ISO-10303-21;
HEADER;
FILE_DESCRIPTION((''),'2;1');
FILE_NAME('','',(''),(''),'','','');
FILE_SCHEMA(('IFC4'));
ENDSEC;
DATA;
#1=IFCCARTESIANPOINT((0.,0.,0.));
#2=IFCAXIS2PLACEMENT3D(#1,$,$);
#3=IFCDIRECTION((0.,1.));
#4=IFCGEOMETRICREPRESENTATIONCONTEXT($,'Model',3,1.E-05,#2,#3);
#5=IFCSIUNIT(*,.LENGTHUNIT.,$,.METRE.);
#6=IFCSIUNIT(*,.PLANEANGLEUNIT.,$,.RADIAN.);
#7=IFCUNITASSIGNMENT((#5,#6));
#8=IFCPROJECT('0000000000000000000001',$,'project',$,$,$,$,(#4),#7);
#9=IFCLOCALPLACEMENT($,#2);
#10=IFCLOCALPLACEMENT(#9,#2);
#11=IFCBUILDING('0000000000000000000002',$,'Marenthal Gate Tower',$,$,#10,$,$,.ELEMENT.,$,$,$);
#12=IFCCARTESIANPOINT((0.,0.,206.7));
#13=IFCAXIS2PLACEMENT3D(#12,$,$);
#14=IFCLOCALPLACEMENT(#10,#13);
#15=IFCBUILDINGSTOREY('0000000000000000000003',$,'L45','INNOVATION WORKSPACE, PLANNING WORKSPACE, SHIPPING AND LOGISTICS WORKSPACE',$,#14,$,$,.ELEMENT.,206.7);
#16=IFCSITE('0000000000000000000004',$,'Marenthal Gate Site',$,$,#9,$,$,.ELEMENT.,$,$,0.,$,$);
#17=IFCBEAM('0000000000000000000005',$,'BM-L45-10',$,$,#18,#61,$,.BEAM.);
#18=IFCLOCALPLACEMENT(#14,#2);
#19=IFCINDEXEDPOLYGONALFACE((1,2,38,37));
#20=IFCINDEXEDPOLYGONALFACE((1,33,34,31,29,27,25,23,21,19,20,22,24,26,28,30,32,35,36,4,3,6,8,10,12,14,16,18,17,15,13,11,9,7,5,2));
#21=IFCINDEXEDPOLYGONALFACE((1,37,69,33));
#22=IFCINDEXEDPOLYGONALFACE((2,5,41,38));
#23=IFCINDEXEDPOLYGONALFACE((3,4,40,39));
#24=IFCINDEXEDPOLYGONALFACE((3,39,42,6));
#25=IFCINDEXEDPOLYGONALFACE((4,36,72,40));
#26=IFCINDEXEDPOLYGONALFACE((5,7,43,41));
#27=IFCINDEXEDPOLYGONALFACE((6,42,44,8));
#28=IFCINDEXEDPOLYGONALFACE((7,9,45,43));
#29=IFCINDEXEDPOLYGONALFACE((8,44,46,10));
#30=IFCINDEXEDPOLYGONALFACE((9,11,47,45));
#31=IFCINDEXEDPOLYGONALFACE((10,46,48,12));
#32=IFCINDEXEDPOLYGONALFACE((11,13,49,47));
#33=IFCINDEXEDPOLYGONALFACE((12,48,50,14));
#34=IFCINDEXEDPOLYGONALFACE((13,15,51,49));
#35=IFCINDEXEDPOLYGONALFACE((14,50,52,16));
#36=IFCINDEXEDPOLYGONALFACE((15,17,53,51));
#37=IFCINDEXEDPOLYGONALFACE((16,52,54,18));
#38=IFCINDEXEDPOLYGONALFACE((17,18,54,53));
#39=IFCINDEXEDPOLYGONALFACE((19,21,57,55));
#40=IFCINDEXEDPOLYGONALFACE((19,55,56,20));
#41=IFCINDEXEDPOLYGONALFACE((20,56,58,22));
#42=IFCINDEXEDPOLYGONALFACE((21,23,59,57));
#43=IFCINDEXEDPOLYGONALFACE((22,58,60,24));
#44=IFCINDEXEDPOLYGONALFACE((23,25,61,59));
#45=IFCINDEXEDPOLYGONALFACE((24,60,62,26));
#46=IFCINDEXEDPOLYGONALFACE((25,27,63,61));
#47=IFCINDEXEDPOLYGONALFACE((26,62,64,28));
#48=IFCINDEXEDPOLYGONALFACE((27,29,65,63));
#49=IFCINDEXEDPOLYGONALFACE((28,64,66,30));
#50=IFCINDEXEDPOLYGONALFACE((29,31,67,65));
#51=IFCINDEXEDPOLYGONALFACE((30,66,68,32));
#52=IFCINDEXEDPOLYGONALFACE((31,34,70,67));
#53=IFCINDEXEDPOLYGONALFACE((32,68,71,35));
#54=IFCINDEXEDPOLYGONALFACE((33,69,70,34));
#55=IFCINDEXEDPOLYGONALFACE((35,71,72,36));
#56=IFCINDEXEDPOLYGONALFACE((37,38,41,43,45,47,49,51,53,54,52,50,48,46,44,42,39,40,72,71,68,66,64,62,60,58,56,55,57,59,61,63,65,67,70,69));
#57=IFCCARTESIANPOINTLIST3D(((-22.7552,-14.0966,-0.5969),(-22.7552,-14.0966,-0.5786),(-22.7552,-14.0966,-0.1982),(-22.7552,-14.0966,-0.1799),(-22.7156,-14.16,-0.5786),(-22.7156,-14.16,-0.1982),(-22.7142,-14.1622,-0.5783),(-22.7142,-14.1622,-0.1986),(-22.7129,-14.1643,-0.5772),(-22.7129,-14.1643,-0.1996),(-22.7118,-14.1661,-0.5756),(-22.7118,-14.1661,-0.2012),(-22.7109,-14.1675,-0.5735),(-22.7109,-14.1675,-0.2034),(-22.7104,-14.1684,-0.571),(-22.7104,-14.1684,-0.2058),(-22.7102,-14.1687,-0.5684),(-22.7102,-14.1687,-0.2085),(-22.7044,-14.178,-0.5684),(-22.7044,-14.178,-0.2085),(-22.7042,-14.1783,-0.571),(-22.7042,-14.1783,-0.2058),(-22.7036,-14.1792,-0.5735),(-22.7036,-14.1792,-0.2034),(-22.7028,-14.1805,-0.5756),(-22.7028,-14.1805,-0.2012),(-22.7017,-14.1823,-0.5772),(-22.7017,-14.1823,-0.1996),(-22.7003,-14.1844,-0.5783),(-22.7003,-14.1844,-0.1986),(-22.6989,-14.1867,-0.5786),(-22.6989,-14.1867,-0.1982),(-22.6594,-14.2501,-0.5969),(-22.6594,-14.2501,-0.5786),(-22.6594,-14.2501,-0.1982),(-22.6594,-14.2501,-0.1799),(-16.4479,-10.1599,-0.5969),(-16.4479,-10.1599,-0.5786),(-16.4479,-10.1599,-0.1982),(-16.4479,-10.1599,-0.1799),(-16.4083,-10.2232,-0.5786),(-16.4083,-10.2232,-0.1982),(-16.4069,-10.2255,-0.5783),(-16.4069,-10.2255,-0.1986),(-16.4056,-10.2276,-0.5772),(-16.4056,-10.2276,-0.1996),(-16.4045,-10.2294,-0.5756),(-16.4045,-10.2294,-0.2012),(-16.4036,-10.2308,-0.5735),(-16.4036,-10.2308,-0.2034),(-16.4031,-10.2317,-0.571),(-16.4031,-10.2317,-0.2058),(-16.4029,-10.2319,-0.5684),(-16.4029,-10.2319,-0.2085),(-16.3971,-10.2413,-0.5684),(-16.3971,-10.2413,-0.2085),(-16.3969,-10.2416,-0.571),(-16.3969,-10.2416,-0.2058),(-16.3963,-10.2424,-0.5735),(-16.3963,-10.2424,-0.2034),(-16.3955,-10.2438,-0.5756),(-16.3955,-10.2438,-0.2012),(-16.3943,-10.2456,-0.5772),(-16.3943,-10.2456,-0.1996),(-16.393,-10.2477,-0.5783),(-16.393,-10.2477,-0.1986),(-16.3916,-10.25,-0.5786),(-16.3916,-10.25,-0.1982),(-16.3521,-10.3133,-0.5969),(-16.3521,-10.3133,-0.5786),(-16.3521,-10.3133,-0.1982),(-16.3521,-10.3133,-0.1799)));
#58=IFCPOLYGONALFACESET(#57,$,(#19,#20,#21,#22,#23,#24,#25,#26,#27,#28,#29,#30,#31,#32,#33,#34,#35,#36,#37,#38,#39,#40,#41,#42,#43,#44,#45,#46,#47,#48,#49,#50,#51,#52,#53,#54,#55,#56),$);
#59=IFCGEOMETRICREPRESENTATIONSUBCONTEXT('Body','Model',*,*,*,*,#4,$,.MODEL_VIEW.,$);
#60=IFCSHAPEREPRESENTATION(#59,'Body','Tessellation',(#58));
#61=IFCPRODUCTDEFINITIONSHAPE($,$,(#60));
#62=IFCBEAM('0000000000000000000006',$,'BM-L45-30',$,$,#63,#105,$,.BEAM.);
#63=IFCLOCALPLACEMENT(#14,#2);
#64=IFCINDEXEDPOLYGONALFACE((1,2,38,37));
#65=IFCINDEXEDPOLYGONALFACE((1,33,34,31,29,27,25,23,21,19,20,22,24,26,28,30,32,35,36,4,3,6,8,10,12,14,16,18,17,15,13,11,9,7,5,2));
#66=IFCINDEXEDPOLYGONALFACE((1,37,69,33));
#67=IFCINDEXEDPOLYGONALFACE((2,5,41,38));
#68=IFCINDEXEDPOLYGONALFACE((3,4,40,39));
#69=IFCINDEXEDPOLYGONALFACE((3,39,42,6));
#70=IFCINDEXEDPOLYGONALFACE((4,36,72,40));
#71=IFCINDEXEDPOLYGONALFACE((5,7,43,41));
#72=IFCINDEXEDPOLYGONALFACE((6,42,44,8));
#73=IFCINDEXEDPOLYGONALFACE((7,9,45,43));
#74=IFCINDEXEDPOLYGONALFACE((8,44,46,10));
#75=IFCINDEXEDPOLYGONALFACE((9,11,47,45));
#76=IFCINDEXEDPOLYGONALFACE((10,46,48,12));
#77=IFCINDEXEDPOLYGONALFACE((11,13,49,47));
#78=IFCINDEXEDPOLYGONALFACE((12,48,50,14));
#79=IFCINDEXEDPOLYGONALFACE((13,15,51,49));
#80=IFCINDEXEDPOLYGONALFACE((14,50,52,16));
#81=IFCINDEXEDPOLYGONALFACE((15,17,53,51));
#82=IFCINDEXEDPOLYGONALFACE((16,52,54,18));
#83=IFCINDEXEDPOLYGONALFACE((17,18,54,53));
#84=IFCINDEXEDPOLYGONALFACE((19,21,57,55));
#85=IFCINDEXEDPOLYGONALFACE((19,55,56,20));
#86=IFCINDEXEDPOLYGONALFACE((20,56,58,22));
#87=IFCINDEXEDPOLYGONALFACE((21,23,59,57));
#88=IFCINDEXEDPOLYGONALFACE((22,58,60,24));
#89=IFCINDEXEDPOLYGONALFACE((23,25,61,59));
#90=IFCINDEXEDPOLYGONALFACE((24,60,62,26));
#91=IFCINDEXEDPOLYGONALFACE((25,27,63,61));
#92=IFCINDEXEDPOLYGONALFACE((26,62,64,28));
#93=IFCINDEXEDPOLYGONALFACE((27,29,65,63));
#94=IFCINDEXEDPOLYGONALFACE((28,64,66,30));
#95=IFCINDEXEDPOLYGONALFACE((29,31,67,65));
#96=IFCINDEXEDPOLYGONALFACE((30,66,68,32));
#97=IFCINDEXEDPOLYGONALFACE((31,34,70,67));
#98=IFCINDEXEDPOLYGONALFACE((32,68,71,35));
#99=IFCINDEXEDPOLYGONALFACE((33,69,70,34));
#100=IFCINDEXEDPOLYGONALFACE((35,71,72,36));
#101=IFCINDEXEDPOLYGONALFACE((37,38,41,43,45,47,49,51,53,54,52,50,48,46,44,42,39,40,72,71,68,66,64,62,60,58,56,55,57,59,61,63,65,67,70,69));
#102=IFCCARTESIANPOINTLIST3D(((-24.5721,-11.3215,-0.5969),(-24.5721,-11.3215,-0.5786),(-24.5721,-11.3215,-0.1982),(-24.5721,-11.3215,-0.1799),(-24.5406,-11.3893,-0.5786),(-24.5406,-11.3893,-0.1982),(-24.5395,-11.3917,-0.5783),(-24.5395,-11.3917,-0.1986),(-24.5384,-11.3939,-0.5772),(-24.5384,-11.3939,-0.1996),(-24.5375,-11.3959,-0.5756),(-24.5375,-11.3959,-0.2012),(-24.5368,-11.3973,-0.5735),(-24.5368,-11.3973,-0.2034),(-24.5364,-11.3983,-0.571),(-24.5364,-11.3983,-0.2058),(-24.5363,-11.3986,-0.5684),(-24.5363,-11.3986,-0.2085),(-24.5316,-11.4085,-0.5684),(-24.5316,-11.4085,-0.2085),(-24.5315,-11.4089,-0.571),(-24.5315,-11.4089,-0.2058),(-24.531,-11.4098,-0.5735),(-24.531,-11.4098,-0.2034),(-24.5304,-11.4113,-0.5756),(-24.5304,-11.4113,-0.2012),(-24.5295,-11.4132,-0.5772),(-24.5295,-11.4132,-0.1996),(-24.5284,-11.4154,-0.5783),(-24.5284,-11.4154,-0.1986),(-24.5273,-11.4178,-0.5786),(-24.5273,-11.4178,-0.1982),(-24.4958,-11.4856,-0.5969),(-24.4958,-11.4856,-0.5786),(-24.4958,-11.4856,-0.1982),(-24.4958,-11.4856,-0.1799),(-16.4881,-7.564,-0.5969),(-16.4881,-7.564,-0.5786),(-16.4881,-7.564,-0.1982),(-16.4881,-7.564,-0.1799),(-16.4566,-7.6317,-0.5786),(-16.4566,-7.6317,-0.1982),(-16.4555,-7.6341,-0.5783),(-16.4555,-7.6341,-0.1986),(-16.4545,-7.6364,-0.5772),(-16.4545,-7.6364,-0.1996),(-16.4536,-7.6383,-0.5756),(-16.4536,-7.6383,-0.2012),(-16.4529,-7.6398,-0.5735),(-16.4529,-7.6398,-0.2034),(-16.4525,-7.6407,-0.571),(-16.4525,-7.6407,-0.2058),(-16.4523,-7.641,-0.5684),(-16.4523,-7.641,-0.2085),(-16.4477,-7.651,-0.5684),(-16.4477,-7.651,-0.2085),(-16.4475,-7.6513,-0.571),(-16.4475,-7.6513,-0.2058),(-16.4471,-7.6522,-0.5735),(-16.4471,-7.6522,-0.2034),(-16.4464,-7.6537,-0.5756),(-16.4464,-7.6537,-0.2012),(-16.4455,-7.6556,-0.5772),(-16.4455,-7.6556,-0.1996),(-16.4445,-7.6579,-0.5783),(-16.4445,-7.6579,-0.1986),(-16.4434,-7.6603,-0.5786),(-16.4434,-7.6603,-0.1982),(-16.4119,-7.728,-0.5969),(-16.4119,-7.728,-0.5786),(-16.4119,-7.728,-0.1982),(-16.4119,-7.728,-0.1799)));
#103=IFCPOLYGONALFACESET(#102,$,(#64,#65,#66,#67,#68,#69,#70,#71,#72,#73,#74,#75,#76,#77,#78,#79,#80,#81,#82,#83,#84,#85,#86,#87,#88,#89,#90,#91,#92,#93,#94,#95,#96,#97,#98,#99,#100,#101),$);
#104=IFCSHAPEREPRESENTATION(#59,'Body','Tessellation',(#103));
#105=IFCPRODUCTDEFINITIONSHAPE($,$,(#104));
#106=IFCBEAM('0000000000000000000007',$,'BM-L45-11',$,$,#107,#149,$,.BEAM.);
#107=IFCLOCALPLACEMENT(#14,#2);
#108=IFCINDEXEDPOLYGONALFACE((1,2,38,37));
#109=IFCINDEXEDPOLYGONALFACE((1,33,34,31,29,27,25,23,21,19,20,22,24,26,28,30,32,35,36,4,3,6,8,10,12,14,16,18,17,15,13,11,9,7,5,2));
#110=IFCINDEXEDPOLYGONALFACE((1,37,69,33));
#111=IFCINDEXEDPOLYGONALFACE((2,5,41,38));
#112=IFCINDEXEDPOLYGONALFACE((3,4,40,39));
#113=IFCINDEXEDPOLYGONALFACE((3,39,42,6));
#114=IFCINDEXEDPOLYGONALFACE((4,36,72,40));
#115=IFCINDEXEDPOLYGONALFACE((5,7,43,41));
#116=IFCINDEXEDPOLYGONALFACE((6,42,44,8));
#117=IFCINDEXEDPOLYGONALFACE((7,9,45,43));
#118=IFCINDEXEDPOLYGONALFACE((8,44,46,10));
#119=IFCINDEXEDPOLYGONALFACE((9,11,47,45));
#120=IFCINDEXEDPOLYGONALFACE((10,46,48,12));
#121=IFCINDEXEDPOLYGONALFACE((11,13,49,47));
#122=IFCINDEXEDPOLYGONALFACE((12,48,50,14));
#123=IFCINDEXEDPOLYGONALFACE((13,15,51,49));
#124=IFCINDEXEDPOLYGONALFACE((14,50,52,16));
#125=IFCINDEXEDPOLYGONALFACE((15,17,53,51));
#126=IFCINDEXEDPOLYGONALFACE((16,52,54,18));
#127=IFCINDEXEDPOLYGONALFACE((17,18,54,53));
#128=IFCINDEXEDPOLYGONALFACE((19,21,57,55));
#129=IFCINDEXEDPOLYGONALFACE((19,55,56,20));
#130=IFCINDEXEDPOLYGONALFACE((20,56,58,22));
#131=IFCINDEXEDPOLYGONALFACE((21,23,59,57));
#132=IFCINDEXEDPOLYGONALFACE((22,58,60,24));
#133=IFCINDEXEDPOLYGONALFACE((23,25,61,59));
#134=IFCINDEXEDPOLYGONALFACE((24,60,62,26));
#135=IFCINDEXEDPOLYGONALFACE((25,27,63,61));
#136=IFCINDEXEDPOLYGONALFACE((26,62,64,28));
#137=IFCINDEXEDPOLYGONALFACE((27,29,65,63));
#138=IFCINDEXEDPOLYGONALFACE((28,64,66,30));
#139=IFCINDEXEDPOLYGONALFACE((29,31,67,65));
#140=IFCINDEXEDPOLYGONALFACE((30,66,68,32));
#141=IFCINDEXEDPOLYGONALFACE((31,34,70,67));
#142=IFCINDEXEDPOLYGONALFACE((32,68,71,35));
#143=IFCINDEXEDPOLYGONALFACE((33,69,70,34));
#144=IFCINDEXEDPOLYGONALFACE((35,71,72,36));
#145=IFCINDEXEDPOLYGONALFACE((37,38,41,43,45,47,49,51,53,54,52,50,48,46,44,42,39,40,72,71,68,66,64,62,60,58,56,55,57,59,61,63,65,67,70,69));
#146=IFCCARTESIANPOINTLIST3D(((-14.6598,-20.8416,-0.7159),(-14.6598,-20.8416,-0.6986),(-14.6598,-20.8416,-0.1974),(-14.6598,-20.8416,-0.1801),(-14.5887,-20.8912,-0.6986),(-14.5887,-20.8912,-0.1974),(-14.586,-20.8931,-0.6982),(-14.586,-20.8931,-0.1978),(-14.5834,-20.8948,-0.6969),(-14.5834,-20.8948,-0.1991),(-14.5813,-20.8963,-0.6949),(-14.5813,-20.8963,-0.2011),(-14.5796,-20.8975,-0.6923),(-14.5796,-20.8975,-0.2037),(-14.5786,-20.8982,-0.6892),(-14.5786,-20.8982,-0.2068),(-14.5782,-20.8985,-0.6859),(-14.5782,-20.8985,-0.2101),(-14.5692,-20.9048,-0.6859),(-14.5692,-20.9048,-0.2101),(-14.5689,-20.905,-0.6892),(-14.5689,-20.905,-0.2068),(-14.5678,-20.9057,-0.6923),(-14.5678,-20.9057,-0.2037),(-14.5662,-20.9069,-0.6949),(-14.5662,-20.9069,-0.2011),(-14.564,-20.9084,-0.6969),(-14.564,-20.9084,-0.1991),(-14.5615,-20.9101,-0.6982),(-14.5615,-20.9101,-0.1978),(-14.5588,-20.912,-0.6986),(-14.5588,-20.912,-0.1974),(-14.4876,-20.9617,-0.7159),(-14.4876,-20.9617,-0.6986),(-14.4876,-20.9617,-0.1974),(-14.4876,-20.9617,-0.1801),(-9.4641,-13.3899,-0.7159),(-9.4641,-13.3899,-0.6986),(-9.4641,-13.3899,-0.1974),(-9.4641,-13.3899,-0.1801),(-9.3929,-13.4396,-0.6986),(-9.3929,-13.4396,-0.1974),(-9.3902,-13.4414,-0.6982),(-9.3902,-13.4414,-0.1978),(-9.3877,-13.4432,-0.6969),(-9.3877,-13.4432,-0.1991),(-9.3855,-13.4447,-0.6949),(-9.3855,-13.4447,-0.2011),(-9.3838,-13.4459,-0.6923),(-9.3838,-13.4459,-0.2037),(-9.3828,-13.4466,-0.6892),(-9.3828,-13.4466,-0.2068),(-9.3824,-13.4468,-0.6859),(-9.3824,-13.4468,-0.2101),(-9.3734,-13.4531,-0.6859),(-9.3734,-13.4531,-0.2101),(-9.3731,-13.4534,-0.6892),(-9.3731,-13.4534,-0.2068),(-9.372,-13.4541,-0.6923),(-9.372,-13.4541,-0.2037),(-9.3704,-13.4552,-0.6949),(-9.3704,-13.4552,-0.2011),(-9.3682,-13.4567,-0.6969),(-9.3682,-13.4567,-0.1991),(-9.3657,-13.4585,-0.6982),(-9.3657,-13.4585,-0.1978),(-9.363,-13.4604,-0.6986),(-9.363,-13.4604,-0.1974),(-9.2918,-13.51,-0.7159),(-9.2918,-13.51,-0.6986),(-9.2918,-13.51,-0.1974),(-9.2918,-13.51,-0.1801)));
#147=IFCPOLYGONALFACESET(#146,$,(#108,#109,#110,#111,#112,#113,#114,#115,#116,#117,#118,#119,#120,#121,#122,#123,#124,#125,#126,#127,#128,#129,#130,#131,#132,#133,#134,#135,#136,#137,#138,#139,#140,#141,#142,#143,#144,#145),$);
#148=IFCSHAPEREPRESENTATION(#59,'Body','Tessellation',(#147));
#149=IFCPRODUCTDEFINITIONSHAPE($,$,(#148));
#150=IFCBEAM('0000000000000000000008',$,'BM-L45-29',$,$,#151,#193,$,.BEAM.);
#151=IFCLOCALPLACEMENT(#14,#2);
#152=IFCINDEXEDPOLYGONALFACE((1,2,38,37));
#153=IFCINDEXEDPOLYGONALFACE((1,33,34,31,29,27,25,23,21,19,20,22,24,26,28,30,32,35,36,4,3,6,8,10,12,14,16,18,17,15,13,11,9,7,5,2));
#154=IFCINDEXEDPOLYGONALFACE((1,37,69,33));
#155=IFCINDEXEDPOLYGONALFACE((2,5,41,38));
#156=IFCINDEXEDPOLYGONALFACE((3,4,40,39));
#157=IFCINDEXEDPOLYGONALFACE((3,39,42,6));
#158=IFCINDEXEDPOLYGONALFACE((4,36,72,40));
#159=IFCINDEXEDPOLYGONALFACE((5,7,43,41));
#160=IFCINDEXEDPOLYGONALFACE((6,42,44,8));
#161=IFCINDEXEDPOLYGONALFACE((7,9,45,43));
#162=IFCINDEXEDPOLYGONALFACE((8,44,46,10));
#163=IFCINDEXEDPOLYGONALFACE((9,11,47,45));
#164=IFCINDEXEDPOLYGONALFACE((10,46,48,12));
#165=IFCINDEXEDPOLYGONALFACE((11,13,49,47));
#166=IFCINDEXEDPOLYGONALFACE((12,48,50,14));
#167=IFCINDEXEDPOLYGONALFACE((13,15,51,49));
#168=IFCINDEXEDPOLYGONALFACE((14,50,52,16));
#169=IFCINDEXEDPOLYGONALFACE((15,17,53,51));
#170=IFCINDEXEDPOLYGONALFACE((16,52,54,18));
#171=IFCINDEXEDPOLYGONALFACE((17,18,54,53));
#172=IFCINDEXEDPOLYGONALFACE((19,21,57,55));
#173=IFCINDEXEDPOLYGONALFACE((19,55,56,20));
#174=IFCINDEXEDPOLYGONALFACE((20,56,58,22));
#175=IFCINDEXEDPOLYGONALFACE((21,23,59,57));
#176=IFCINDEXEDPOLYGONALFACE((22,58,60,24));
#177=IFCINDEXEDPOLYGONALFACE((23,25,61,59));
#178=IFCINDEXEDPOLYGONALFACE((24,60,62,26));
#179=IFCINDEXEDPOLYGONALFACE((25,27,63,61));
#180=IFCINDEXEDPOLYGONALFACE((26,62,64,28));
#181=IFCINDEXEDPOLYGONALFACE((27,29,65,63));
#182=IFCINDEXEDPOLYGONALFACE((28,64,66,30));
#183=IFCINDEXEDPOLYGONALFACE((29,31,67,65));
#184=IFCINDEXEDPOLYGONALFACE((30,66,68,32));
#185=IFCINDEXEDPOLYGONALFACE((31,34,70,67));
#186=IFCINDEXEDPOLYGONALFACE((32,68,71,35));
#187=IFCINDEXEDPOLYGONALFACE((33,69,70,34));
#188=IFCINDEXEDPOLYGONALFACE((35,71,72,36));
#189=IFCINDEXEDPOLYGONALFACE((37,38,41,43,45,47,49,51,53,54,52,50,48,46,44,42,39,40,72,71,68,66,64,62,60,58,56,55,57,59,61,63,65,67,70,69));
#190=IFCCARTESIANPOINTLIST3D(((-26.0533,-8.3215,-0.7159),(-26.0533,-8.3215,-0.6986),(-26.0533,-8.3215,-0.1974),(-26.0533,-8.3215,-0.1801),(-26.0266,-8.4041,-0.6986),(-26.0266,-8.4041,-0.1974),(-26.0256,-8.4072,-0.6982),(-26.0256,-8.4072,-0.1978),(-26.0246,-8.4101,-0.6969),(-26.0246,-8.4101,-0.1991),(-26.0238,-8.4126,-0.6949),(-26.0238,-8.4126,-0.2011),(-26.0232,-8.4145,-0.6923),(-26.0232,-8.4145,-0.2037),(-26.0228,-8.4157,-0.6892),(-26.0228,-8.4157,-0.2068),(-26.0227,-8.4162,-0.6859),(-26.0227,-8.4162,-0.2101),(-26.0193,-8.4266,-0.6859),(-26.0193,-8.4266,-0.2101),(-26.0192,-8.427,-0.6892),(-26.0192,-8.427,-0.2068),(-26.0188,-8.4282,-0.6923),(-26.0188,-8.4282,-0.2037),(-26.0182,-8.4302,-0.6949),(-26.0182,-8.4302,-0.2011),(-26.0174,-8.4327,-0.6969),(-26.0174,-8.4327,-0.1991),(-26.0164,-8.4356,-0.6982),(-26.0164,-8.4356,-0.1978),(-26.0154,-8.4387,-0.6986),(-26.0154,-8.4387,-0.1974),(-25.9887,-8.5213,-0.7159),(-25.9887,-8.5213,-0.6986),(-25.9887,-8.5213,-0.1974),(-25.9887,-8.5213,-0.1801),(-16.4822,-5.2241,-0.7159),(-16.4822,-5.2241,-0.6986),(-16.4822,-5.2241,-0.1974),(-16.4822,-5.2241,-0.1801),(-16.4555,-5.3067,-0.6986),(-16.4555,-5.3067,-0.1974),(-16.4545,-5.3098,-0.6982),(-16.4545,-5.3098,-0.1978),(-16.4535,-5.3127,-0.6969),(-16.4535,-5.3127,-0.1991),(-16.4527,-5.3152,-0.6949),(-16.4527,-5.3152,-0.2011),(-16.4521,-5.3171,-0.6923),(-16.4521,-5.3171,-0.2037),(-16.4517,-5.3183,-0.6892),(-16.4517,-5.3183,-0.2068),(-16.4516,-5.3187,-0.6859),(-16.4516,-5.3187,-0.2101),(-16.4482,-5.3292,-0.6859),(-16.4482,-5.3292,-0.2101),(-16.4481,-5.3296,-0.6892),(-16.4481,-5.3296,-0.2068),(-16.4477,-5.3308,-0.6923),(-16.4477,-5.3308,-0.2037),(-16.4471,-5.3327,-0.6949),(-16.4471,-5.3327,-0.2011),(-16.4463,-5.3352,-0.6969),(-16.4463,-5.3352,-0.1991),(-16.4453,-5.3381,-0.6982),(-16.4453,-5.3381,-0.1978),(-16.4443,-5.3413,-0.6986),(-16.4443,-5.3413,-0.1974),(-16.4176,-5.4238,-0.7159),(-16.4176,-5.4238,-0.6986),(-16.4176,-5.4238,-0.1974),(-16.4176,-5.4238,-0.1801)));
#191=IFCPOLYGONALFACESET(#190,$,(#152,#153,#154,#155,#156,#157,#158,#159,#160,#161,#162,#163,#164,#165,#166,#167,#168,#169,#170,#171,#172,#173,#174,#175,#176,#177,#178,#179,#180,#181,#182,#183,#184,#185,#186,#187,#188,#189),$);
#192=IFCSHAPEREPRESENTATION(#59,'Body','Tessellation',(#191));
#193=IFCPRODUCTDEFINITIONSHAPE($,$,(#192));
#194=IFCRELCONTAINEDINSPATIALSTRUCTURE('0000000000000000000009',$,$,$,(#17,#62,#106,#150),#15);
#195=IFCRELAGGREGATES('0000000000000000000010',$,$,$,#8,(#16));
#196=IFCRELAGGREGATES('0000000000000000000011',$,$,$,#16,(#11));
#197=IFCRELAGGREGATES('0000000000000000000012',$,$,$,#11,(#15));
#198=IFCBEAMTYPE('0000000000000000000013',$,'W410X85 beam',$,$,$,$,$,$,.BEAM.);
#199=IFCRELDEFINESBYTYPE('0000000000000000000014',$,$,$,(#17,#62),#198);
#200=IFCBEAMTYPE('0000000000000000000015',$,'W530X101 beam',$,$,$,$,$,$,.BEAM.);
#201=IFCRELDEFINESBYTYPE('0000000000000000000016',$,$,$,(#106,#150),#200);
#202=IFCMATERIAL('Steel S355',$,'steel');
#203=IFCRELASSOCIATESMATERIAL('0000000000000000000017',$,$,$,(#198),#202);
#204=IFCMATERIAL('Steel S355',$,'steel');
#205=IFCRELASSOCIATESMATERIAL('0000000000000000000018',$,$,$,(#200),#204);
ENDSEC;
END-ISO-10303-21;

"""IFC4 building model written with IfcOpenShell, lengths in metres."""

from ifc_helpers import new_model, si_unit, direction, frame, origin, origin_2d, place, context, subcontext, project, spatial, i_section, extrude, material, material_profile, profile_set, type_object, element, save


model = new_model("IFC4")

# Units and contexts
model_context = context("Model", 3, precision=1e-05, world=origin(), true_north=direction((0.0, 1.0)))
body_context = subcontext(model_context, "Body", "Model", "MODEL_VIEW")
ifc_project = project(units=[si_unit("LENGTHUNIT", "METRE"), si_unit("PLANEANGLEUNIT", "RADIAN")], contexts=[model_context])

# Site, building, storey
site_placement = place(None, origin())
site = spatial("IfcSite", under=ifc_project, at=site_placement, Name="Marenthal Gate Site", CompositionType="ELEMENT", RefElevation=0.0)
building_placement = place(site_placement, origin())
building = spatial("IfcBuilding", under=site, at=building_placement, Name="Marenthal Gate Tower", CompositionType="ELEMENT")
storey_placement = place(building_placement, frame((0.0, 0.0, 206.7)))
storey = spatial("IfcBuildingStorey", under=building, at=storey_placement, Name="L45", Description="INNOVATION WORKSPACE, PLANNING WORKSPACE, SHIPPING AND LOGISTICS WORKSPACE", CompositionType="ELEMENT", Elevation=206.7)

# Beams
ifc_material_1 = material(Name="Steel S355", Category="steel")
ifc_material_profile_1 = material_profile(ifc_material_1, i_section(OverallWidth=0.1809, OverallDepth=0.417, WebThickness=0.011, FlangeThickness=0.0183, FilletRadius=0.0103, at=origin_2d()), Name="W410X85")
ifc_profile_set_1 = profile_set([ifc_material_profile_1], Name="Steel S355")
beam_type_1 = type_object("IfcBeamType", Name="W410X85 beam", PredefinedType="BEAM", material=ifc_profile_set_1)
beam_1_placement = place(storey_placement, frame((-22.7073, -14.1733, -0.3884), z_axis=(0.848321, 0.529482, 0.0), x_axis=(-0.529482, 0.848321, 0.0)))
element("IfcBeam", 1, at=beam_1_placement, inside=storey, type_object=beam_type_1, Name="BM-L45-10", PredefinedType="BEAM", context=body_context, shape_type="SweptSolid", body=[
    extrude(i_section(OverallWidth=0.1809, OverallDepth=0.417, WebThickness=0.011, FlangeThickness=0.0183, FilletRadius=0.0103, at=origin_2d()), origin(), (0.0, 0.0, 1.0), 7.4351),
])
beam_2_placement = place(storey_placement, frame((-24.5339, -11.4036, -0.3884), z_axis=(0.906825, 0.421507, 0.0), x_axis=(-0.421507, 0.906825, 0.0)))
element("IfcBeam", 2, at=beam_2_placement, inside=storey, type_object=beam_type_1, Name="BM-L45-30", PredefinedType="BEAM", context=body_context, shape_type="SweptSolid", body=[
    extrude(i_section(OverallWidth=0.1809, OverallDepth=0.417, WebThickness=0.011, FlangeThickness=0.0183, FilletRadius=0.0103, at=origin_2d()), origin(), (0.0, 0.0, 1.0), 8.9146),
])
ifc_material_2 = material(Name="Steel S355", Category="steel")
ifc_material_profile_2 = material_profile(ifc_material_2, i_section(OverallWidth=0.21, OverallDepth=0.5359, WebThickness=0.011, FlangeThickness=0.0173, FilletRadius=0.0127, at=origin_2d()), Name="W530X101")
ifc_profile_set_2 = profile_set([ifc_material_profile_2], Name="Steel S355")
beam_type_2 = type_object("IfcBeamType", Name="W530X101 beam", PredefinedType="BEAM", material=ifc_profile_set_2)
beam_3_placement = place(storey_placement, frame((-14.5737, -20.9016, -0.448), z_axis=(0.571957, 0.820284, 0.0), x_axis=(-0.820284, 0.571957, 0.0)))
element("IfcBeam", 3, at=beam_3_placement, inside=storey, type_object=beam_type_2, Name="BM-L45-11", PredefinedType="BEAM", context=body_context, shape_type="SweptSolid", body=[
    extrude(i_section(OverallWidth=0.21, OverallDepth=0.5359, WebThickness=0.011, FlangeThickness=0.0173, FilletRadius=0.0127, at=origin_2d()), origin(), (0.0, 0.0, 1.0), 9.0842),
])
beam_4_placement = place(storey_placement, frame((-26.021, -8.4214, -0.448), z_axis=(0.951418, 0.307901, 0.0), x_axis=(-0.307901, 0.951418, 0.0)))
element("IfcBeam", 4, at=beam_4_placement, inside=storey, type_object=beam_type_2, Name="BM-L45-29", PredefinedType="BEAM", context=body_context, shape_type="SweptSolid", body=[
    extrude(i_section(OverallWidth=0.21, OverallDepth=0.5359, WebThickness=0.011, FlangeThickness=0.0173, FilletRadius=0.0127, at=origin_2d()), origin(), (0.0, 0.0, 1.0), 10.0598),
])

save(model, "model.ifc")
